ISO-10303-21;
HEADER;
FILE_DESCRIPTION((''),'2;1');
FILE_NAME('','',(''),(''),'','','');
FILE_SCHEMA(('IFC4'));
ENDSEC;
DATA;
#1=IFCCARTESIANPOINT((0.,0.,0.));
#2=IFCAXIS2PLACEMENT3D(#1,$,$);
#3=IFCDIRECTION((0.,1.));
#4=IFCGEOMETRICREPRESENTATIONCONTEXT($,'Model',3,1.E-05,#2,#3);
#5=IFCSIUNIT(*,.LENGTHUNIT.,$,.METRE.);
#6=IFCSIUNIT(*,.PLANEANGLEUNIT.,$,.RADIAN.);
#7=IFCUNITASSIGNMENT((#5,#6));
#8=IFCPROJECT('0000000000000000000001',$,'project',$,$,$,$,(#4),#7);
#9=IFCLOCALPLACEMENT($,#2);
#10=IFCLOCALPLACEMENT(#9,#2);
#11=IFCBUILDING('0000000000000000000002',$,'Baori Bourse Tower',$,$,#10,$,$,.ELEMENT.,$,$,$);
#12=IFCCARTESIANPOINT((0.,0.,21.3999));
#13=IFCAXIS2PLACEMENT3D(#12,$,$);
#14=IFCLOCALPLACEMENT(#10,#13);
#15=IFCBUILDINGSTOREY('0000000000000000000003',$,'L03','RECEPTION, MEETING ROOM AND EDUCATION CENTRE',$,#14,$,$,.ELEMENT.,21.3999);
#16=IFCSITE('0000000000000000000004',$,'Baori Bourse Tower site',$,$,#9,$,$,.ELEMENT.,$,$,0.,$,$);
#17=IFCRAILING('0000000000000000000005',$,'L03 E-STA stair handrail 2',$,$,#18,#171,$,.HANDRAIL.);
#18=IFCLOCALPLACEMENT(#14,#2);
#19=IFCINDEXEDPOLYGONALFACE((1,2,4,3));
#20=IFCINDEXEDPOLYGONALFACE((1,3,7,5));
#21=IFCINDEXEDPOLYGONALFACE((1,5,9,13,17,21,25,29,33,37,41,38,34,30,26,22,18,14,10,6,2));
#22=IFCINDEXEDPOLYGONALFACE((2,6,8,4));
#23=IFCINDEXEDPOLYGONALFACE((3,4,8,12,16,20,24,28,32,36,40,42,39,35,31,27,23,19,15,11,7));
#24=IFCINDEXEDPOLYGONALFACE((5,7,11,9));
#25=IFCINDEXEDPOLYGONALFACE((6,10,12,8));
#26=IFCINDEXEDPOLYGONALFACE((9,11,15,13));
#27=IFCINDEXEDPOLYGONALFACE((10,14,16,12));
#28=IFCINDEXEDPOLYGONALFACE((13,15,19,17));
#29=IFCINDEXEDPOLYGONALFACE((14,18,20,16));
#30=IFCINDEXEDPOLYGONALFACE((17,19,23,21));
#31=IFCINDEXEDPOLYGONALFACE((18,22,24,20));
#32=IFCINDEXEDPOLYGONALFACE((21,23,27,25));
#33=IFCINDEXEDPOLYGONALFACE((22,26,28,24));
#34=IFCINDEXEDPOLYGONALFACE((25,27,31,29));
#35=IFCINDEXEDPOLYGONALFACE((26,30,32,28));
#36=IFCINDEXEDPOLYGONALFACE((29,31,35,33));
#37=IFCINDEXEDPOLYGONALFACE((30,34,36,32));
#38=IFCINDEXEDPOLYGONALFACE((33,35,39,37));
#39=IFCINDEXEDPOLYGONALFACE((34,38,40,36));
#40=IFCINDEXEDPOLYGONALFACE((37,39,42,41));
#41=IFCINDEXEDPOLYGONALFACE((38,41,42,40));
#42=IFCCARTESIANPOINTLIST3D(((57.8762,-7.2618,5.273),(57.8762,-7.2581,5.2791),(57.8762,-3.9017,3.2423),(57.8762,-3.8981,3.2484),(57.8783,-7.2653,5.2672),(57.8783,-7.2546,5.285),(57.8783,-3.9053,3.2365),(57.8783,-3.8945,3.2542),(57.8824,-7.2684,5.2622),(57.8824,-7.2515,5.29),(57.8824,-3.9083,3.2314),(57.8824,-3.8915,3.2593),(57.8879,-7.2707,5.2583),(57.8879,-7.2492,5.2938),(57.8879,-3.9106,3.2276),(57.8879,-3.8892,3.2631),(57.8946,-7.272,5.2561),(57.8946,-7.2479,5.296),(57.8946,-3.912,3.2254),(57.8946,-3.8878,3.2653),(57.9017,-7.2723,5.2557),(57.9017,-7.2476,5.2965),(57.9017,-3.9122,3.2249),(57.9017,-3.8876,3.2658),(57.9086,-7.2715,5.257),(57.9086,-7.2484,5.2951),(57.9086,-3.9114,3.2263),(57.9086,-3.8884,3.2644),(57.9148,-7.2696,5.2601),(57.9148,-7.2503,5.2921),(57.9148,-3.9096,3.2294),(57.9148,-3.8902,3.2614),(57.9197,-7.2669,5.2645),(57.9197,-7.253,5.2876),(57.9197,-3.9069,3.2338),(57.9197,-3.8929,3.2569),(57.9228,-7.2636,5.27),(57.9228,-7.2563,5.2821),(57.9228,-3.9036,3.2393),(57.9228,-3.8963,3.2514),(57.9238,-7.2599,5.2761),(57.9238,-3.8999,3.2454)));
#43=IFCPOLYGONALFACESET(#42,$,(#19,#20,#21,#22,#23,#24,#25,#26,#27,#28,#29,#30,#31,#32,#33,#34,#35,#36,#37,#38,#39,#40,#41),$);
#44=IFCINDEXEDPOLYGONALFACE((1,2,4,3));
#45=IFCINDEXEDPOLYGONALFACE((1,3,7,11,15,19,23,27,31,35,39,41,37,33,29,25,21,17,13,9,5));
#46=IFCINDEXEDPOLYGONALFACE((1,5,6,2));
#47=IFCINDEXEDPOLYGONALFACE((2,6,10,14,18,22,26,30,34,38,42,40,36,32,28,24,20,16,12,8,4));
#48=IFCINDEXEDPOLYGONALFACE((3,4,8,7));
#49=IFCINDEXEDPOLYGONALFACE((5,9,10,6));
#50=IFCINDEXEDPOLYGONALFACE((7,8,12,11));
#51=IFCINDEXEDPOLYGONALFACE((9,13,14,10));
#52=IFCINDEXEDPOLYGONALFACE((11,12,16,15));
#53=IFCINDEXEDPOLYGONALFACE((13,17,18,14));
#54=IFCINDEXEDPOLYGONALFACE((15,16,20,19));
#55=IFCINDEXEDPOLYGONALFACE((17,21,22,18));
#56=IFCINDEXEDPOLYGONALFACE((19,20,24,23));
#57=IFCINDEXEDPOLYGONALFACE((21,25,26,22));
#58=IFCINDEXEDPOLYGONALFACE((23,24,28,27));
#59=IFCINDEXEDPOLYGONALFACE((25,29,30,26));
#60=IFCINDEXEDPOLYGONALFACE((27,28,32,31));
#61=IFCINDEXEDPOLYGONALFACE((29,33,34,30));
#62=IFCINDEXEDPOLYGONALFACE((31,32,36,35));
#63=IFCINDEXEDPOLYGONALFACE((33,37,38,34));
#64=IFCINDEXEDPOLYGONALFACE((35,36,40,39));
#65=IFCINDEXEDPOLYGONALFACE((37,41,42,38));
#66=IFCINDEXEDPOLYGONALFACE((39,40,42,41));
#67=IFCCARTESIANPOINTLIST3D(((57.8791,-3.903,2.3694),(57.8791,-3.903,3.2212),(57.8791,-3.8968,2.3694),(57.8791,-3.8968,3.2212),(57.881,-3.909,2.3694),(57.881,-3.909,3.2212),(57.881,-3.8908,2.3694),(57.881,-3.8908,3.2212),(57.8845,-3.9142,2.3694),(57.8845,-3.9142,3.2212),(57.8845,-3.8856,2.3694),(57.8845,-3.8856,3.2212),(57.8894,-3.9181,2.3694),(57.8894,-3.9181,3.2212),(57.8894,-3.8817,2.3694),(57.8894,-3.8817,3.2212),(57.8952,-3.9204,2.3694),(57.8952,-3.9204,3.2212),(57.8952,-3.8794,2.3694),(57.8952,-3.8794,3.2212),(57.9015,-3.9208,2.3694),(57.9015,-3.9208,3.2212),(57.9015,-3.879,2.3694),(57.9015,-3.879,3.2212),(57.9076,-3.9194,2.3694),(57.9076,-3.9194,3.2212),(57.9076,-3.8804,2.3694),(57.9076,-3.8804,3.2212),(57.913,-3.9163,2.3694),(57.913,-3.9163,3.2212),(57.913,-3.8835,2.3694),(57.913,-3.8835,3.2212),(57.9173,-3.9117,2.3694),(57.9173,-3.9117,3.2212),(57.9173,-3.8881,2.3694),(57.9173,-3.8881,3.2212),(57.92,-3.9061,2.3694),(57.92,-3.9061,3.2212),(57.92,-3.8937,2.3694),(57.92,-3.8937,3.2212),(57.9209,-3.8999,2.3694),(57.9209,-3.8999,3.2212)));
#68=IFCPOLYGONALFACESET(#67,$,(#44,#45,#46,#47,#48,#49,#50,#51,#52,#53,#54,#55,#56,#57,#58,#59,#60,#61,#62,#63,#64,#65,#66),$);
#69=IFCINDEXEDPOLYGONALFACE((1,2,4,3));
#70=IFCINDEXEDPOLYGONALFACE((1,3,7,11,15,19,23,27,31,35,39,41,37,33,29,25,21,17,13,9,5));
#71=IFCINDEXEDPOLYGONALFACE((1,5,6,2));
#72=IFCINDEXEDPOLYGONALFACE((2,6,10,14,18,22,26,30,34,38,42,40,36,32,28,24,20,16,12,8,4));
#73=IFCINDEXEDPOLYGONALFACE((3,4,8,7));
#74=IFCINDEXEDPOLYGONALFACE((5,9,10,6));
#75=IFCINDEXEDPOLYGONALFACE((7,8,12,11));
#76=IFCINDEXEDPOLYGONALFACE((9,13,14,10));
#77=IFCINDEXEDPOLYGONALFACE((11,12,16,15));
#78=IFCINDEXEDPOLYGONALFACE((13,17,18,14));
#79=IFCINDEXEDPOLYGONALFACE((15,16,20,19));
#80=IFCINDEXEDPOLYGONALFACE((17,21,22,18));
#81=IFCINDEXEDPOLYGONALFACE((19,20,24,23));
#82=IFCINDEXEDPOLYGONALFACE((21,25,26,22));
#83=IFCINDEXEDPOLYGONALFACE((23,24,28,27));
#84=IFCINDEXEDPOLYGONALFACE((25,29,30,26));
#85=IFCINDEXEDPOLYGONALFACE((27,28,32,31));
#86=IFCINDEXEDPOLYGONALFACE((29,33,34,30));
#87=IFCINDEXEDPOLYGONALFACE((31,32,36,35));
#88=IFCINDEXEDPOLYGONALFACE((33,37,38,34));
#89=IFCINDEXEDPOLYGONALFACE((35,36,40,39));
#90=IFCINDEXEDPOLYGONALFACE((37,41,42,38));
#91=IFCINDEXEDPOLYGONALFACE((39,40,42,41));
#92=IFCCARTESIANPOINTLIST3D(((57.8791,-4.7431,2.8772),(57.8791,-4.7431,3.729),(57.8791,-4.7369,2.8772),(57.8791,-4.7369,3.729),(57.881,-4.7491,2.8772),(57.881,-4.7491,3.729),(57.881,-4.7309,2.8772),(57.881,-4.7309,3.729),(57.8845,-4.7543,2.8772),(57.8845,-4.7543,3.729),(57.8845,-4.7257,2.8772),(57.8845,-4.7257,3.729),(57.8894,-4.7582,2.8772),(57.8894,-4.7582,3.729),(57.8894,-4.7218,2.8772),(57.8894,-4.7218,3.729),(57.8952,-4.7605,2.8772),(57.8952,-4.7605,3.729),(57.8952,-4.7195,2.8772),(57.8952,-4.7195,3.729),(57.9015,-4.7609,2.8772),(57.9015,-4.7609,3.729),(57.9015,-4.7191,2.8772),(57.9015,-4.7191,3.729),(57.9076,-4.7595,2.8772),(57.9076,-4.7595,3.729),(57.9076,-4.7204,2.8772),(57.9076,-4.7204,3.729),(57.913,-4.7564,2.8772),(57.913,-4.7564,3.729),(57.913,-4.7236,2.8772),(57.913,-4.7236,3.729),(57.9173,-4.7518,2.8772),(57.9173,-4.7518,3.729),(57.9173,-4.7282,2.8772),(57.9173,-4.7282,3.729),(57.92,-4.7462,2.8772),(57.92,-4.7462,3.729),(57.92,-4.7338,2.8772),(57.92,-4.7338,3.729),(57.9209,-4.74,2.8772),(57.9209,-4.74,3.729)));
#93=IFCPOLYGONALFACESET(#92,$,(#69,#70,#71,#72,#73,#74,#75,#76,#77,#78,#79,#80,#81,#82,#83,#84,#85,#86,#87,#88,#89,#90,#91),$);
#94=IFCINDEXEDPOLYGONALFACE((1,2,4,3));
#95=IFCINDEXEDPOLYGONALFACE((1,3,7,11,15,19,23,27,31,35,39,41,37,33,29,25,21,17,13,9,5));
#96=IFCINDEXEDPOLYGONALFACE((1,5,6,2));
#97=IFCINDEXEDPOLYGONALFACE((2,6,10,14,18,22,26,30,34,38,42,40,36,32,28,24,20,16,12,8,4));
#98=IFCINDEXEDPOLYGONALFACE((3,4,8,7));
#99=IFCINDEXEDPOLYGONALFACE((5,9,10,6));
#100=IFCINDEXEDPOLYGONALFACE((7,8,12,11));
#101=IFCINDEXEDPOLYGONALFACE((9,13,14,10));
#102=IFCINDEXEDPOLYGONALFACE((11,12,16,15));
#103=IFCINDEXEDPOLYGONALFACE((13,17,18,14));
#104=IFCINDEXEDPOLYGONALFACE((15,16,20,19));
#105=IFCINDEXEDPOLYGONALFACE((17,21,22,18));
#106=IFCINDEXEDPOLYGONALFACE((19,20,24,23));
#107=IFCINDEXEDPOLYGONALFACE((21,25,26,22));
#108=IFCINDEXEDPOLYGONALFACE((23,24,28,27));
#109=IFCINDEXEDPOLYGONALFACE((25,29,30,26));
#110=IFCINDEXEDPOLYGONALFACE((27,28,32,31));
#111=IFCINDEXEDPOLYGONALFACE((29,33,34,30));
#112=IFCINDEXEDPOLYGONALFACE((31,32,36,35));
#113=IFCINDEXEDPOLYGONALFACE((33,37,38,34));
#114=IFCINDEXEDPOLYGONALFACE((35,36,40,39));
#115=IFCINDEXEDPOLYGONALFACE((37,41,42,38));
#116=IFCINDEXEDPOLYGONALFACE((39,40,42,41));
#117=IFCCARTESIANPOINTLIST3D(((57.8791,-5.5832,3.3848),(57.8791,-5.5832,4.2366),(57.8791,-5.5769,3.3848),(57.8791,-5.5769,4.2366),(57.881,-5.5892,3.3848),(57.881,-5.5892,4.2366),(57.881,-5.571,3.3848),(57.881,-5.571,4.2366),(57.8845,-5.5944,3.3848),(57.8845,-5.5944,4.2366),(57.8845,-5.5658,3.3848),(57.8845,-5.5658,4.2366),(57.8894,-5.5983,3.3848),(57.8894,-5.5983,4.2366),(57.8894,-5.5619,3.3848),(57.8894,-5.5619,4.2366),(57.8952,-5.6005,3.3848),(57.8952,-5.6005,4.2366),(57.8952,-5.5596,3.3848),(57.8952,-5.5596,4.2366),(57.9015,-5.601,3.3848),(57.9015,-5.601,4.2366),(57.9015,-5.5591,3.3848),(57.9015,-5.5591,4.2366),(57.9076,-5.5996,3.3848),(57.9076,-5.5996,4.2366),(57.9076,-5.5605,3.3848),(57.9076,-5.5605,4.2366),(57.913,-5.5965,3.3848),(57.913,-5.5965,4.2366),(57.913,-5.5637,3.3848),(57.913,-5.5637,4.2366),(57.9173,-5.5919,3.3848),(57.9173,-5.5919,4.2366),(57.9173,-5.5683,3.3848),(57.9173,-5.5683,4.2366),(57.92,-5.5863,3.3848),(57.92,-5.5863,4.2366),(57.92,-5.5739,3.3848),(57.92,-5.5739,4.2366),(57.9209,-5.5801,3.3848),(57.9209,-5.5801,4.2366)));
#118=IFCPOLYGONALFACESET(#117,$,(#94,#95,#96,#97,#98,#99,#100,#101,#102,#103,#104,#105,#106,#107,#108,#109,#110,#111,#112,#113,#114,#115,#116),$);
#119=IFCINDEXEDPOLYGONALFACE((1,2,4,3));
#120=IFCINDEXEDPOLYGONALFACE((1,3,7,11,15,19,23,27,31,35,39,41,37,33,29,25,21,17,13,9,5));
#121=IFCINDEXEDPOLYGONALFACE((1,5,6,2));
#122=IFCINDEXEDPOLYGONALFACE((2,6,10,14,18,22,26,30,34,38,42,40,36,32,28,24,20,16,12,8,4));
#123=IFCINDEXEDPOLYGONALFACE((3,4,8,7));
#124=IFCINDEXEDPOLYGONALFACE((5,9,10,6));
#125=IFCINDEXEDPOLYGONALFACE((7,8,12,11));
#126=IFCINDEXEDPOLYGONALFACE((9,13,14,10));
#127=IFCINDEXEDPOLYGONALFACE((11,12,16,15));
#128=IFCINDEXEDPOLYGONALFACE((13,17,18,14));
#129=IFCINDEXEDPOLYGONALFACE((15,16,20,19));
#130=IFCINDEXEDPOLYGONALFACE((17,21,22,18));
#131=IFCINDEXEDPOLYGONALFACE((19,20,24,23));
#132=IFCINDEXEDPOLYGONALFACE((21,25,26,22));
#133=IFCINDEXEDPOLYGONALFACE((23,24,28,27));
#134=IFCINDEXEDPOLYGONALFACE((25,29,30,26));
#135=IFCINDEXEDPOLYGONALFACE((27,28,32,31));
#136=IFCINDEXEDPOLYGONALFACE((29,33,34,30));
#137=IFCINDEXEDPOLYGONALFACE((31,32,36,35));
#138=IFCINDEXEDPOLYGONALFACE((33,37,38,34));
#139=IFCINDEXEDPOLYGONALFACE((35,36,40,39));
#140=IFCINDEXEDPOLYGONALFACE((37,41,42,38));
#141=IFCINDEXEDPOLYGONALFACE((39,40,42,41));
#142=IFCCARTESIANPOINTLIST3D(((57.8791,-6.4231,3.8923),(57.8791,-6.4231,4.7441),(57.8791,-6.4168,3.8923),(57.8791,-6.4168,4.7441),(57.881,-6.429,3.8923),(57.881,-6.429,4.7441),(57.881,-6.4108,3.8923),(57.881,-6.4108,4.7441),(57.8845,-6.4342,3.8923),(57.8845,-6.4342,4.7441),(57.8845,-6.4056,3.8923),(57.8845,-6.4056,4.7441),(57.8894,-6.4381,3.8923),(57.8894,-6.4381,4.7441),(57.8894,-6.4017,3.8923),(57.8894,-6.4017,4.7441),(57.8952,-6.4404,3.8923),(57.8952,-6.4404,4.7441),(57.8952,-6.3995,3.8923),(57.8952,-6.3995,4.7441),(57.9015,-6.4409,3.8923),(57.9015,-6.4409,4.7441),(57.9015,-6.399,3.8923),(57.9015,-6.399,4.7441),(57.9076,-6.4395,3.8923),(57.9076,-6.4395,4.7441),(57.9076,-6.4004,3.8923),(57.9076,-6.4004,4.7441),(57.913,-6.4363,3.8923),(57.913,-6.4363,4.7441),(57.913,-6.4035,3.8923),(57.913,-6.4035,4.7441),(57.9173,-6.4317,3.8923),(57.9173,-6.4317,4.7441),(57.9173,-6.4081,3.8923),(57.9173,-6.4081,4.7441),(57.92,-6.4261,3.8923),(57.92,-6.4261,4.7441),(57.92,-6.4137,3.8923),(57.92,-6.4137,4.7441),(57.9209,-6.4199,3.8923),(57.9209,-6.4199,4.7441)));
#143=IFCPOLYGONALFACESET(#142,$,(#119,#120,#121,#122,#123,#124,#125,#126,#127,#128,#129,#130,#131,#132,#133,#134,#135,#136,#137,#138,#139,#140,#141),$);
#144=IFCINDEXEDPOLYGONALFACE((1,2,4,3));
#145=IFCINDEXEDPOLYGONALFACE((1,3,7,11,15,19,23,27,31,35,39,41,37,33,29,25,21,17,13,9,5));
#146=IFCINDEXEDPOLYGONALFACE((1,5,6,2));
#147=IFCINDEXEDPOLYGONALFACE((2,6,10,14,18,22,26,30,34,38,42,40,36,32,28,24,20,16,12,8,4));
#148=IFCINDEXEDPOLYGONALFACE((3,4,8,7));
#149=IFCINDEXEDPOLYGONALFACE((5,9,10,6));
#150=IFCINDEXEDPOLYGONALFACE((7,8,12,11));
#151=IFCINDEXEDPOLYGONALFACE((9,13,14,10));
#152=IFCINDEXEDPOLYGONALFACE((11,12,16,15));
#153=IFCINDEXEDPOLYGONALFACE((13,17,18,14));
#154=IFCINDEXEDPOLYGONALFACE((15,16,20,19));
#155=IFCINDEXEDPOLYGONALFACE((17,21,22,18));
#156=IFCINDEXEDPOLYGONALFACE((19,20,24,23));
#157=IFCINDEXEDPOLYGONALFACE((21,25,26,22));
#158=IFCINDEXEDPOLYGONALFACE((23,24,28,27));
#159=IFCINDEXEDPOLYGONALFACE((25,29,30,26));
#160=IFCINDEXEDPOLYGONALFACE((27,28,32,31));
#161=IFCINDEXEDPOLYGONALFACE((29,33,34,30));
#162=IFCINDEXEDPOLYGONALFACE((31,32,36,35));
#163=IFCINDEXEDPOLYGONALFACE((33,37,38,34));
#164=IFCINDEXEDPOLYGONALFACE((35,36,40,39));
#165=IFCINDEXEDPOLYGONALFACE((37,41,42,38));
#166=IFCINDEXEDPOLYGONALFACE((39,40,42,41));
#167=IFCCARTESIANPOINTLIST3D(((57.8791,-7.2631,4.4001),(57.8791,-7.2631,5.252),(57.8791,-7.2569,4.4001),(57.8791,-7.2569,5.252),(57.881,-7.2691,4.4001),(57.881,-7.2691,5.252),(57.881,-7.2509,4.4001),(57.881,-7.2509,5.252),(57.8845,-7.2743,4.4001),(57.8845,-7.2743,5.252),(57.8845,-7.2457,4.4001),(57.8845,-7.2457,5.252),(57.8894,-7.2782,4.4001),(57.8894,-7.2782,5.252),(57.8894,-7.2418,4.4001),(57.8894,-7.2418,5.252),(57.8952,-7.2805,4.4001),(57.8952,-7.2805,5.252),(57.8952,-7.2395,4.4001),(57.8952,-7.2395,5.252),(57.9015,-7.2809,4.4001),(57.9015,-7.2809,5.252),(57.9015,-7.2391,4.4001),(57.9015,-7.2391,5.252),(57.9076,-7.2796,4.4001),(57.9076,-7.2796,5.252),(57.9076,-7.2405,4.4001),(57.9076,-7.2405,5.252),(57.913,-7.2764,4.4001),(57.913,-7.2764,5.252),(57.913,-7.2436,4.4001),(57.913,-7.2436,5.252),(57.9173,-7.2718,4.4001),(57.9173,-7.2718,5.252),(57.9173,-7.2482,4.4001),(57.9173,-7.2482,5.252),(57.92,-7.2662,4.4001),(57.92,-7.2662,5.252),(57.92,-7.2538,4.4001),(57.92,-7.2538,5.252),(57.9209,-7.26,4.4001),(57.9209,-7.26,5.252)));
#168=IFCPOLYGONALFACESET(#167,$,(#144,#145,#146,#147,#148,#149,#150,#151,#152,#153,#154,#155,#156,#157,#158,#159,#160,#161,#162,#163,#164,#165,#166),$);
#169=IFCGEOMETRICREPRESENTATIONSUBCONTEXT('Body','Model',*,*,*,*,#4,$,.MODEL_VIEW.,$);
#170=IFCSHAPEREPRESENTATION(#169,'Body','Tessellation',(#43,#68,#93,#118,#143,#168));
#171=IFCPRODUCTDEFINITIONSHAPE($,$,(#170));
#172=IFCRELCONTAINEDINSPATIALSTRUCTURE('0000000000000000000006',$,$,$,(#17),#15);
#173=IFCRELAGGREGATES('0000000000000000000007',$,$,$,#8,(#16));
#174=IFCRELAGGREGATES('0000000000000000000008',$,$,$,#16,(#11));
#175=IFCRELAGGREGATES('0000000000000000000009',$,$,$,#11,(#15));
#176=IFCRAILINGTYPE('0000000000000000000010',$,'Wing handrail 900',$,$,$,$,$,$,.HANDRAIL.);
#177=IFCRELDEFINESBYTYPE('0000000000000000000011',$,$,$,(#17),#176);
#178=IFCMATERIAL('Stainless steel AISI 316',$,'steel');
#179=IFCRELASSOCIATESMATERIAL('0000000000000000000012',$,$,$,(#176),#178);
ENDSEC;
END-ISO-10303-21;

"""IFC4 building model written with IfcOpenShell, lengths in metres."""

from ifc_helpers import new_model, si_unit, direction, frame, origin, origin_2d, place, context, subcontext, project, spatial, circle, extrude, material, type_object, element, save


model = new_model("IFC4")

# Units and contexts
model_context = context("Model", 3, precision=1e-05, world=origin(), true_north=direction((0.0, 1.0)))
body_context = subcontext(model_context, "Body", "Model", "MODEL_VIEW")
ifc_project = project(units=[si_unit("LENGTHUNIT", "METRE"), si_unit("PLANEANGLEUNIT", "RADIAN")], contexts=[model_context])

# Site, building, storey
site_placement = place(None, origin())
site = spatial("IfcSite", under=ifc_project, at=site_placement, Name="Baori Bourse Tower site", CompositionType="ELEMENT", RefElevation=0.0)
building_placement = place(site_placement, origin())
building = spatial("IfcBuilding", under=site, at=building_placement, Name="Baori Bourse Tower", CompositionType="ELEMENT")
storey_placement = place(building_placement, frame((0.0, 0.0, 21.3999)))
storey = spatial("IfcBuildingStorey", under=building, at=storey_placement, Name="L03", Description="RECEPTION, MEETING ROOM AND EDUCATION CENTRE", CompositionType="ELEMENT", Elevation=21.3999)

# Railing
ifc_material_1 = material(Name="Stainless steel AISI 316", Category="steel")
railing_type_1 = type_object("IfcRailingType", Name="Wing handrail 900", PredefinedType="HANDRAIL", material=ifc_material_1)
railing_1_placement = place(storey_placement, frame((57.8999, -3.8999, 2.3694)))
element("IfcRailing", 1, at=railing_1_placement, inside=storey, type_object=railing_type_1, Name="L03 E-STA stair handrail 2", PredefinedType="HANDRAIL", context=body_context, shape_type="SweptSolid", body=[
    extrude(circle(Radius=0.0239, at=origin_2d()), frame((0.0, 0.0, 0.876), z_axis=(0.0, -0.855837, 0.517246), x_axis=(1.0, 0.0, 0.0)), (0.0, 0.0, 1.0), 3.926),
    extrude(circle(Radius=0.021, at=origin_2d()), origin(), (0.0, 0.0, 1.0), 0.8518),
    extrude(circle(Radius=0.021, at=origin_2d()), frame((0.0, -0.8401, 0.5078)), (0.0, 0.0, 1.0), 0.8518),
    extrude(circle(Radius=0.021, at=origin_2d()), frame((0.0, -1.6802, 1.0154)), (0.0, 0.0, 1.0), 0.8518),
    extrude(circle(Radius=0.021, at=origin_2d()), frame((0.0, -2.52, 1.5229)), (0.0, 0.0, 1.0), 0.8518),
    extrude(circle(Radius=0.021, at=origin_2d()), frame((0.0, -3.3601, 2.0308)), (0.0, 0.0, 1.0), 0.8518),
])

save(model, "model.ifc")
